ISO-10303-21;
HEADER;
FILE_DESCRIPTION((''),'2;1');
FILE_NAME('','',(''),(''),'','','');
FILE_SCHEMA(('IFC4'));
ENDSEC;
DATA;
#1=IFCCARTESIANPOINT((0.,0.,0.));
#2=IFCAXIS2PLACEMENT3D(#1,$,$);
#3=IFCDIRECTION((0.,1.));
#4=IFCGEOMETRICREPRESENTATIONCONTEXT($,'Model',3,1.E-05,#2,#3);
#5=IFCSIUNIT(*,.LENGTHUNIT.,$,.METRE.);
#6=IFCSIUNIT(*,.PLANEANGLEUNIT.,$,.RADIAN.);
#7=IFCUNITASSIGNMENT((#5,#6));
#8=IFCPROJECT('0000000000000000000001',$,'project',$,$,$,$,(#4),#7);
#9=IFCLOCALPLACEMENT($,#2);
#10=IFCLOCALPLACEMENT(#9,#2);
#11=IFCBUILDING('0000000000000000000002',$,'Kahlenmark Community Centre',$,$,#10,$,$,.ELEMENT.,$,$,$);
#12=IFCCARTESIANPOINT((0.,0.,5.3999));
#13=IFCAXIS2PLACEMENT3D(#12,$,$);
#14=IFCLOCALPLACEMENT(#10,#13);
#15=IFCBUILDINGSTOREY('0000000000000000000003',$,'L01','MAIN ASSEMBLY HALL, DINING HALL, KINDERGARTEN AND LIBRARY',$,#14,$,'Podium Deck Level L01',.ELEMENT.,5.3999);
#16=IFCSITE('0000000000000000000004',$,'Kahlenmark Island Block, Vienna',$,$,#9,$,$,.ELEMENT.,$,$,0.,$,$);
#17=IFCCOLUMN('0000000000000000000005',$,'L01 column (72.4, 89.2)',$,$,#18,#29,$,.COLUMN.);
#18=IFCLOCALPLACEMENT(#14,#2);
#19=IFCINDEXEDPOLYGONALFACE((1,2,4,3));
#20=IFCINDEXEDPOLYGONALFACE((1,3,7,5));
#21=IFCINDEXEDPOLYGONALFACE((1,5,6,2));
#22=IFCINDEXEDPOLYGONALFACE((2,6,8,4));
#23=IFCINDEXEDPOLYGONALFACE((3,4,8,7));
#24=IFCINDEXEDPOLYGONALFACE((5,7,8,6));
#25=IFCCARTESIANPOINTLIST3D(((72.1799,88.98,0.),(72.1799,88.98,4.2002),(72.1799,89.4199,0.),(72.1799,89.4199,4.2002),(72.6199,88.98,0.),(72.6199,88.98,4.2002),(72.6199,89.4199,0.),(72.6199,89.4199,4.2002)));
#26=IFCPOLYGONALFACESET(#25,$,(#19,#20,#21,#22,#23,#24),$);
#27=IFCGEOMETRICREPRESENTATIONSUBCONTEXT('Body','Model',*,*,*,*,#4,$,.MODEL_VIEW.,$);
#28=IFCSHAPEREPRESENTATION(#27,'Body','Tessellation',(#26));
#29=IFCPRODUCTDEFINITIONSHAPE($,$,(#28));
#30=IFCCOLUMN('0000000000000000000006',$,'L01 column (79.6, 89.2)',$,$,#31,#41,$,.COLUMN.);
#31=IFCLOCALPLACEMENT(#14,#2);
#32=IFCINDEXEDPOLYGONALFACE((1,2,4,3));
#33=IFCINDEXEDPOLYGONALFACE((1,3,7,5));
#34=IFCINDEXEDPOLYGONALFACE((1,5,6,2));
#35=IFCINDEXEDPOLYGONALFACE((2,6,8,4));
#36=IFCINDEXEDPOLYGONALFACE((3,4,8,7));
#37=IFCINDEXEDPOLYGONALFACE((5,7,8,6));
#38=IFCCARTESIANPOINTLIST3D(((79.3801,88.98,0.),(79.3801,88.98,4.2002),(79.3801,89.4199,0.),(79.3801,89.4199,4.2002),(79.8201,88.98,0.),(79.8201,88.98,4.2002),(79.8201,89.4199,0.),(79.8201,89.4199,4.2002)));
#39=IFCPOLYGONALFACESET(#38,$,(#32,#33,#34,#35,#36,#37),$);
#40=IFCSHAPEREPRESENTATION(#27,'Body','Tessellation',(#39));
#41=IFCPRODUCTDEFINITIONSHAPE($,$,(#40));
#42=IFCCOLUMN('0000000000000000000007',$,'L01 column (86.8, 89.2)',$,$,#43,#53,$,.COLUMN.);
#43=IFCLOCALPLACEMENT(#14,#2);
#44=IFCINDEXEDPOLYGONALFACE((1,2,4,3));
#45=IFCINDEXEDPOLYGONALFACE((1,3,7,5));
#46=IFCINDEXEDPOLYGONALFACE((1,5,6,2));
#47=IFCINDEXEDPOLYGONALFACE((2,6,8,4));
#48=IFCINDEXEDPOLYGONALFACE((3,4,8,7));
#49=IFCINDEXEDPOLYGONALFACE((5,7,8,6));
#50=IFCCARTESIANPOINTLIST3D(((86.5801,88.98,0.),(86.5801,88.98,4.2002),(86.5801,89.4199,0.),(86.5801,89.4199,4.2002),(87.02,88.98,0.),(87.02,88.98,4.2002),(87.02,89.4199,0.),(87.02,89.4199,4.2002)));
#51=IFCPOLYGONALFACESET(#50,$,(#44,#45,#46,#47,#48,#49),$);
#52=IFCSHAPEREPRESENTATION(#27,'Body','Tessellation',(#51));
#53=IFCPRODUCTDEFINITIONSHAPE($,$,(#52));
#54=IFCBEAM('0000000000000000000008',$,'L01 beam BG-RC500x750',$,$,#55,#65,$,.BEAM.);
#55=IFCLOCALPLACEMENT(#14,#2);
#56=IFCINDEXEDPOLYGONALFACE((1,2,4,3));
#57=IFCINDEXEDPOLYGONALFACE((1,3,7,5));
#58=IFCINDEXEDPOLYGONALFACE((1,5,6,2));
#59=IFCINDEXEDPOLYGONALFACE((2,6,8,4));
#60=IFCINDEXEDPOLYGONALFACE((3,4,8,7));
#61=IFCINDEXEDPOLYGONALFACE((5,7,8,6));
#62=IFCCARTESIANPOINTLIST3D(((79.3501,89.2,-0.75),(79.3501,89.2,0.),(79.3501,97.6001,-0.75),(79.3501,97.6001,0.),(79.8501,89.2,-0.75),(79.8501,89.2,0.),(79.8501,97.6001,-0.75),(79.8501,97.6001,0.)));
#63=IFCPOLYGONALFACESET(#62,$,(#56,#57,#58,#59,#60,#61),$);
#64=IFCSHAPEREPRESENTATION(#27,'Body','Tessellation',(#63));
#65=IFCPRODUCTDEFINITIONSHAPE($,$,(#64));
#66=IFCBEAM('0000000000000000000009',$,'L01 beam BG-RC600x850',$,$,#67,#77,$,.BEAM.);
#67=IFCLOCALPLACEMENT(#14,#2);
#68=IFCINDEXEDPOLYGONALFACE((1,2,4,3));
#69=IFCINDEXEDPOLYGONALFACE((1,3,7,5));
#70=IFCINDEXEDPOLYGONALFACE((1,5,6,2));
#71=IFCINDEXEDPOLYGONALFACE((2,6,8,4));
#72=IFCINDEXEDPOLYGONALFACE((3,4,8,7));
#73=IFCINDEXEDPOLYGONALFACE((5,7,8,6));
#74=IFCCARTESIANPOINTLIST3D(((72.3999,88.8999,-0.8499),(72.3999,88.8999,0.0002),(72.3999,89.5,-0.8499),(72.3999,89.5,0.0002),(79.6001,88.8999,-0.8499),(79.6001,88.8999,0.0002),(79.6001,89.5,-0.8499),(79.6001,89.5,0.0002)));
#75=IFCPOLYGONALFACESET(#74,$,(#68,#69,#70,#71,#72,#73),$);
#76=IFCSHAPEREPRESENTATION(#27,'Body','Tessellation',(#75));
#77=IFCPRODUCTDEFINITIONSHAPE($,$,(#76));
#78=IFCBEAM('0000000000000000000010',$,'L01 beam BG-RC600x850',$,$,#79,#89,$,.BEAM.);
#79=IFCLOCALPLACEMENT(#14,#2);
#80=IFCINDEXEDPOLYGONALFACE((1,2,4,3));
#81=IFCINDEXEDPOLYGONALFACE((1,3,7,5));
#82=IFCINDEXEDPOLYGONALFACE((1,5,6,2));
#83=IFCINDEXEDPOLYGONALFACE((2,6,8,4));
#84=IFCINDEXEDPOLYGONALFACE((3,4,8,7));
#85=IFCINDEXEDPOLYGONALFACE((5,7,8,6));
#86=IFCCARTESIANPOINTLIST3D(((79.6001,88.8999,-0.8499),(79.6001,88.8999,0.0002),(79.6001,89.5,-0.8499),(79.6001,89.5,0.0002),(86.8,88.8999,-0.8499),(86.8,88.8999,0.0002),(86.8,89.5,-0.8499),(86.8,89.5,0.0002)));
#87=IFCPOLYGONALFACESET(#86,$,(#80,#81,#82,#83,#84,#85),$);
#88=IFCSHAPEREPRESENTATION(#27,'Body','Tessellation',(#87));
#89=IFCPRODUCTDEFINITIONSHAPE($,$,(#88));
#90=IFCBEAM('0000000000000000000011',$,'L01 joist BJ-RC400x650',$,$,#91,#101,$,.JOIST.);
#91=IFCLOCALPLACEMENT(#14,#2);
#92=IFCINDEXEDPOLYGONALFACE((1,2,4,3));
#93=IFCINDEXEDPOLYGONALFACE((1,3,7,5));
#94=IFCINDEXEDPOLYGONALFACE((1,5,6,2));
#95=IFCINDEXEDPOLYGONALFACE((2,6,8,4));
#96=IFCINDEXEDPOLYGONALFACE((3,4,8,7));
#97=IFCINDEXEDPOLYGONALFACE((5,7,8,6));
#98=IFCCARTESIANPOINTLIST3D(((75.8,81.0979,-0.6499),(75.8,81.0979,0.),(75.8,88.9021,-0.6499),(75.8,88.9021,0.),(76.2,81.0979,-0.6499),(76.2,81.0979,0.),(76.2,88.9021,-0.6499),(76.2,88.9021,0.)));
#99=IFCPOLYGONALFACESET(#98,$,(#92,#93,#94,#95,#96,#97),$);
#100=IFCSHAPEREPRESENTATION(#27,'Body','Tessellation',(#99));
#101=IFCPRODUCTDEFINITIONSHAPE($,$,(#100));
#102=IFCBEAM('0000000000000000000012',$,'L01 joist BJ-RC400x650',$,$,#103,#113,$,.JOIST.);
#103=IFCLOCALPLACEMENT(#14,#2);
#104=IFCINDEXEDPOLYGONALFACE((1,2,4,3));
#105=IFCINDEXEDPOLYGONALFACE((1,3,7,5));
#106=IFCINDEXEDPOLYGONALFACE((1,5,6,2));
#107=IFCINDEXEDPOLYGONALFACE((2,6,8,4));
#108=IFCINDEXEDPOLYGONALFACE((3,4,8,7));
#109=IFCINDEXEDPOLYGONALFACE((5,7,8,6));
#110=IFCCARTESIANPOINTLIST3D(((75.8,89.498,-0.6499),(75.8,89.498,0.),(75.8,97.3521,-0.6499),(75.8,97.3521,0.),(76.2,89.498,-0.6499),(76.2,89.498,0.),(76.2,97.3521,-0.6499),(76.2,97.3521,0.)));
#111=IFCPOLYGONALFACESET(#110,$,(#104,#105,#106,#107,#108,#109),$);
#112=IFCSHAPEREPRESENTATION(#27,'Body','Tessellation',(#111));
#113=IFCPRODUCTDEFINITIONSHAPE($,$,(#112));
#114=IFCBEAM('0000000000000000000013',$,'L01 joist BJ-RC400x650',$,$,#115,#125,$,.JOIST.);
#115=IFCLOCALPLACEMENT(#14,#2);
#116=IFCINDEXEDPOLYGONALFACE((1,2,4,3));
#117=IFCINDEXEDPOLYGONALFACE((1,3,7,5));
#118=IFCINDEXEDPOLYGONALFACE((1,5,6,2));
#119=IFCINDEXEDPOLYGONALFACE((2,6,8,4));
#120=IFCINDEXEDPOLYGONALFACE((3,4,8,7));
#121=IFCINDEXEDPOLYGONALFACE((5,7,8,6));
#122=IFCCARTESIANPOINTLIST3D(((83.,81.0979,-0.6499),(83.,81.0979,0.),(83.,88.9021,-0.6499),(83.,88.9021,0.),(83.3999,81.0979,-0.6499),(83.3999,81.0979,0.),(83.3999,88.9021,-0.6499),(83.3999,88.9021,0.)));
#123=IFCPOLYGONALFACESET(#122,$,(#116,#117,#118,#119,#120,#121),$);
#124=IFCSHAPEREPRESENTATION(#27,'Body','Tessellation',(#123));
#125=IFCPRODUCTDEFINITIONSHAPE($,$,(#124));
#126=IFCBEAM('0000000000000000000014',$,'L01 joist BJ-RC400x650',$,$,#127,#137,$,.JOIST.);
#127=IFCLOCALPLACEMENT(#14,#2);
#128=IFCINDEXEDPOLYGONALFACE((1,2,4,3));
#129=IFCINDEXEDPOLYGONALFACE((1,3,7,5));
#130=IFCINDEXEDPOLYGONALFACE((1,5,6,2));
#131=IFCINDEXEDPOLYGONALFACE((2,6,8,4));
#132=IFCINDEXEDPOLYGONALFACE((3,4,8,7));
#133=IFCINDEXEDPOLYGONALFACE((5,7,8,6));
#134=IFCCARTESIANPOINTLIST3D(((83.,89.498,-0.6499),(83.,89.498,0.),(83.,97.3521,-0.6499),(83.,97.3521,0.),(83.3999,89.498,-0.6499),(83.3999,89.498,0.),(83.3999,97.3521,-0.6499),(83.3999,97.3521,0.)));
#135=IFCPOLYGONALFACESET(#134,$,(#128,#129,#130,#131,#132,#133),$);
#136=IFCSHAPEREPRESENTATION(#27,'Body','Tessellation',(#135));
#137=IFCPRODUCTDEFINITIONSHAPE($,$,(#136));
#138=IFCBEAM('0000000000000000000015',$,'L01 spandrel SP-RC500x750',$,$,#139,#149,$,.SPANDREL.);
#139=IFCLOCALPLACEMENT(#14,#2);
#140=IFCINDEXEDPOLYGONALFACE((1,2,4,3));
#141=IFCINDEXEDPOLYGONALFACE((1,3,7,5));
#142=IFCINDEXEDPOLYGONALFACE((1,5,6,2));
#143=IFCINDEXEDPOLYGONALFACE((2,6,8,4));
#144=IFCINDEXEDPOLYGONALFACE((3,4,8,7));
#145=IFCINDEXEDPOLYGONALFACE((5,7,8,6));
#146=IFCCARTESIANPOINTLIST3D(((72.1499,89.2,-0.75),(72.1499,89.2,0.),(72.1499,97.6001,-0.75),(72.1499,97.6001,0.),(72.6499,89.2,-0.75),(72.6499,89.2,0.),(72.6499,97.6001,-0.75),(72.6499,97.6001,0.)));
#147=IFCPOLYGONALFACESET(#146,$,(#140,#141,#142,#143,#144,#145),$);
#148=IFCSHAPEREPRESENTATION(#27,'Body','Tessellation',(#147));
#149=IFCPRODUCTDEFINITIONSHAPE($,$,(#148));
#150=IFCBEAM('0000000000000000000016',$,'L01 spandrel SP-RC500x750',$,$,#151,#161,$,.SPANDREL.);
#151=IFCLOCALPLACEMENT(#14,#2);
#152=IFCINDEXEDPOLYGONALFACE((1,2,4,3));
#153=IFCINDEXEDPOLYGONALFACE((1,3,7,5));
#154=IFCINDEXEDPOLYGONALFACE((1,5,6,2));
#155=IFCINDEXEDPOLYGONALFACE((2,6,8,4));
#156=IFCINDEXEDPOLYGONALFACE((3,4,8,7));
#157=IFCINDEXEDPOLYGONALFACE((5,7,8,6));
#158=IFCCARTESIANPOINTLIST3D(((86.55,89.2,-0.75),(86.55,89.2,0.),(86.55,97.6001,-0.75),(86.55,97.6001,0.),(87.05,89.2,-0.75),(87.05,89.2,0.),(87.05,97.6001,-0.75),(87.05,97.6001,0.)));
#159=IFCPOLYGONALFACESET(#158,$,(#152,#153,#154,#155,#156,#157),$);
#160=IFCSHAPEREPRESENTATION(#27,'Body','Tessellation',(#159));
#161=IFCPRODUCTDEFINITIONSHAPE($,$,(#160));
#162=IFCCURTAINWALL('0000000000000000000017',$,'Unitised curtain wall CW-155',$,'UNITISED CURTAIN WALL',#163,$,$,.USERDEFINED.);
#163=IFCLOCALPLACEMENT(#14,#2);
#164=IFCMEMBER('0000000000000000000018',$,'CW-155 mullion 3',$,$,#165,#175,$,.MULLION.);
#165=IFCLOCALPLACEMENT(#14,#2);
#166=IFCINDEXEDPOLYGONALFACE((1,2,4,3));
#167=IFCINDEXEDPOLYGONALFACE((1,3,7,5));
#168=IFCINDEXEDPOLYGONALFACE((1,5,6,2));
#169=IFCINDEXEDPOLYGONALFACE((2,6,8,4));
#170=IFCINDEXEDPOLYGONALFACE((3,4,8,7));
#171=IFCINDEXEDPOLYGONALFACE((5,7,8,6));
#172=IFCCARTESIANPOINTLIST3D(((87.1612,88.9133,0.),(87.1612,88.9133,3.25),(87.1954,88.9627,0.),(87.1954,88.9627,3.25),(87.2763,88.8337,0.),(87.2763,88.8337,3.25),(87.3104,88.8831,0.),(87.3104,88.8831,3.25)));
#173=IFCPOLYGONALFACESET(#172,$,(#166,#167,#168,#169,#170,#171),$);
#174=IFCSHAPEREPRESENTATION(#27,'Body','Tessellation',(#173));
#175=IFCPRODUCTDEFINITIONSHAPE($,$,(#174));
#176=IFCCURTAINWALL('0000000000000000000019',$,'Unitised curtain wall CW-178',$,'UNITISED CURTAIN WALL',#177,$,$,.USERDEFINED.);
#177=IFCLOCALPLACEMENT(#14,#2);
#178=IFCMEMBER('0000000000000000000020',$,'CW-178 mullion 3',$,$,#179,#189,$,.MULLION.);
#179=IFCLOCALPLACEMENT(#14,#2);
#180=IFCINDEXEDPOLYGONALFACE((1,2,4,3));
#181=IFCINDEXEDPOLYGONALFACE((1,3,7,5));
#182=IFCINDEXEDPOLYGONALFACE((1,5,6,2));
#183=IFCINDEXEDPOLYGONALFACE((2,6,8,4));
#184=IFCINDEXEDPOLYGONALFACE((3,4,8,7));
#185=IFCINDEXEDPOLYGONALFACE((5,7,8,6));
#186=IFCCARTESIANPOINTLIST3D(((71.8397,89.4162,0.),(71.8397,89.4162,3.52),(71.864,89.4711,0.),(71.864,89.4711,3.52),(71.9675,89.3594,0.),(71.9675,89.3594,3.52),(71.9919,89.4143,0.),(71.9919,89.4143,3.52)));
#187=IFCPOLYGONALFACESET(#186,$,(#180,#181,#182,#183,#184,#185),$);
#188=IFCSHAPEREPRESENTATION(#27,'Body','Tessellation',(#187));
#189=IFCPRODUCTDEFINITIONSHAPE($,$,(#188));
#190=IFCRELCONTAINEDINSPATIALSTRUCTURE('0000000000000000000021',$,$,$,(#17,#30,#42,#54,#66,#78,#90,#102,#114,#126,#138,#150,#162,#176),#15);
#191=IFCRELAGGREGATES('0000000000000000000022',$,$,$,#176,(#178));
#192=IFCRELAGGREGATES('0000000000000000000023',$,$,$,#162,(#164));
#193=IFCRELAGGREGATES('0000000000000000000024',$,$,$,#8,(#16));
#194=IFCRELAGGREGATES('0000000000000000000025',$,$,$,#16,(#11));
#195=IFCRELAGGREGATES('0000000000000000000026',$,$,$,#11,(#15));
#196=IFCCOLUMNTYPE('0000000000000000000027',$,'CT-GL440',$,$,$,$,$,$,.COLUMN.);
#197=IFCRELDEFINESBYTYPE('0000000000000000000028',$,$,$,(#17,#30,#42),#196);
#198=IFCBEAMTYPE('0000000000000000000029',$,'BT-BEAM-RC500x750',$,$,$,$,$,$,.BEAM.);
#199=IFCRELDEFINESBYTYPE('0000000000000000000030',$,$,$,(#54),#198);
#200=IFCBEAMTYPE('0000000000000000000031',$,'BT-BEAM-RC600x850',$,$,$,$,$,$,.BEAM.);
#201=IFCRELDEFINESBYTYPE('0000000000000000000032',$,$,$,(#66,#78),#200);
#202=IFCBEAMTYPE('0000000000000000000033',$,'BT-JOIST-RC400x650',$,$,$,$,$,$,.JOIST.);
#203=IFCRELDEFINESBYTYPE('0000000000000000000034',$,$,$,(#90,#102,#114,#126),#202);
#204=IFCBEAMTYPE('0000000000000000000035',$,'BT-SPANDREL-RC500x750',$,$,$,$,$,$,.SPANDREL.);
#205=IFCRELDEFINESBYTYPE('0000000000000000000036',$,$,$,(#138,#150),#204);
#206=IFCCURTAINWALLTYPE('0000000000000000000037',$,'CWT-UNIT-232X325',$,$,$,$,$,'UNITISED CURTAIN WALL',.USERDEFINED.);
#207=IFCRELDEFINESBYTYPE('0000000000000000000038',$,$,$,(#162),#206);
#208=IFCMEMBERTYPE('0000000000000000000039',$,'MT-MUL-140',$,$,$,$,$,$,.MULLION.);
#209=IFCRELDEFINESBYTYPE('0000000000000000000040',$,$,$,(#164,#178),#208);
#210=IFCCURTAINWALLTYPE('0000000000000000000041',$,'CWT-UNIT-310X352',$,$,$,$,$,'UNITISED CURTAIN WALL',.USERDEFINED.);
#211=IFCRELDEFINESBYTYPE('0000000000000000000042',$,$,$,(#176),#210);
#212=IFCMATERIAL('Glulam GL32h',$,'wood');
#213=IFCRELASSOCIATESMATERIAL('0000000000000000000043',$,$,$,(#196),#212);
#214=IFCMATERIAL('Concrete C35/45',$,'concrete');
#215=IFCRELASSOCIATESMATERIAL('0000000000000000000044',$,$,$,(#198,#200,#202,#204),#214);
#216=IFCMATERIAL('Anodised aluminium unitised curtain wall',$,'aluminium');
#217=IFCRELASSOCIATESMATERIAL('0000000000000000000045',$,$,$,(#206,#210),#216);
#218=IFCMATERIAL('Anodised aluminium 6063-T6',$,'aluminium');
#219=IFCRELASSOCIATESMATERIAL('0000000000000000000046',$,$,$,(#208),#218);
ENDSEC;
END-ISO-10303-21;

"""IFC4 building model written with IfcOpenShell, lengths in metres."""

from ifc_helpers import new_model, si_unit, direction, frame, origin, origin_2d, place, context, subcontext, project, spatial, rectangle, extrude, material, material_profile, profile_set, type_object, element, aggregate, save


model = new_model("IFC4")

# Units and contexts
model_context = context("Model", 3, precision=1e-05, world=origin(), true_north=direction((0.0, 1.0)))
body_context = subcontext(model_context, "Body", "Model", "MODEL_VIEW")
ifc_project = project(units=[si_unit("LENGTHUNIT", "METRE"), si_unit("PLANEANGLEUNIT", "RADIAN")], contexts=[model_context])

# Site, building, storey
site_placement = place(None, origin())
site = spatial("IfcSite", under=ifc_project, at=site_placement, Name="Kahlenmark Island Block, Vienna", CompositionType="ELEMENT", RefElevation=0.0)
building_placement = place(site_placement, origin())
building = spatial("IfcBuilding", under=site, at=building_placement, Name="Kahlenmark Community Centre", CompositionType="ELEMENT")
storey_placement = place(building_placement, frame((0.0, 0.0, 5.3999)))
storey = spatial("IfcBuildingStorey", under=building, at=storey_placement, Name="L01", Description="MAIN ASSEMBLY HALL, DINING HALL, KINDERGARTEN AND LIBRARY", LongName="Podium Deck Level L01", CompositionType="ELEMENT", Elevation=5.3999)

# Columns
ifc_material_1 = material(Name="Glulam GL32h", Category="wood")
ifc_material_profile_1 = material_profile(ifc_material_1, rectangle(XDim=0.4399, YDim=0.4399, at=origin_2d()), Name="GL32h 440x440")
ifc_profile_set_1 = profile_set([ifc_material_profile_1], Name="Glulam GL32h")
column_type = type_object("IfcColumnType", Name="CT-GL440", PredefinedType="COLUMN", material=ifc_profile_set_1)
for number, where, z_axis, x_axis, name in (
    (1, (72.3999, 89.2, 0.0), (0.0, 0.0, 1.0), (1.0, 0.0, 0.0), "L01 column (72.4, 89.2)"),
    (2, (79.6001, 89.2, 0.0), (0.0, 0.0, 1.0), (1.0, 0.0, 0.0), "L01 column (79.6, 89.2)"),
    (3, (86.8, 89.2, 0.0), (0.0, 0.0, 1.0), (1.0, 0.0, 0.0), "L01 column (86.8, 89.2)"),
):
    element("IfcColumn", number, at=place(storey_placement, frame(where, z_axis=z_axis, x_axis=x_axis)), inside=storey, type_object=column_type, Name=name, PredefinedType="COLUMN", context=body_context, shape_type="SweptSolid", body=[
        extrude(rectangle(XDim=0.4399, YDim=0.4399, at=origin_2d()), origin(), (0.0, 0.0, 1.0), 4.2002),
    ])

# Beams
ifc_material_2 = material(Name="Concrete C35/45", Category="concrete")
ifc_material_profile_2 = material_profile(ifc_material_2, rectangle(XDim=0.5, YDim=0.75, at=origin_2d()), Name="RC 500x750")
ifc_profile_set_2 = profile_set([ifc_material_profile_2], Name="Concrete C35/45")
beam_type_1 = type_object("IfcBeamType", Name="BT-BEAM-RC500x750", PredefinedType="BEAM", material=ifc_profile_set_2)
beam_1_placement = place(storey_placement, frame((79.6001, 89.2, -0.375), z_axis=(0.0, 1.0, 0.0), x_axis=(-1.0, 0.0, 0.0)))
element("IfcBeam", 4, at=beam_1_placement, inside=storey, type_object=beam_type_1, Name="L01 beam BG-RC500x750", PredefinedType="BEAM", context=body_context, shape_type="SweptSolid", body=[
    extrude(rectangle(XDim=0.5, YDim=0.75, at=origin_2d()), origin(), (0.0, 0.0, 1.0), 8.4001),
])
ifc_material_profile_3 = material_profile(ifc_material_2, rectangle(XDim=0.6001, YDim=0.8501, at=origin_2d()), Name="RC 600x850")
ifc_profile_set_3 = profile_set([ifc_material_profile_3], Name="Concrete C35/45")
beam_type_2 = type_object("IfcBeamType", Name="BT-BEAM-RC600x850", PredefinedType="BEAM", material=ifc_profile_set_3)
beam_2_placement = place(storey_placement, frame((72.3999, 89.2, -0.4248), z_axis=(1.0, 0.0, 0.0), x_axis=(0.0, 1.0, 0.0)))
element("IfcBeam", 5, at=beam_2_placement, inside=storey, type_object=beam_type_2, Name="L01 beam BG-RC600x850", PredefinedType="BEAM", context=body_context, shape_type="SweptSolid", body=[
    extrude(rectangle(XDim=0.6001, YDim=0.8501, at=origin_2d()), origin(), (0.0, 0.0, 1.0), 7.2002),
])
beam_3_placement = place(storey_placement, frame((79.6001, 89.2, -0.4248), z_axis=(1.0, 0.0, 0.0), x_axis=(0.0, 1.0, 0.0)))
element("IfcBeam", 6, at=beam_3_placement, inside=storey, type_object=beam_type_2, Name="L01 beam BG-RC600x850", PredefinedType="BEAM", context=body_context, shape_type="SweptSolid", body=[
    extrude(rectangle(XDim=0.6001, YDim=0.8501, at=origin_2d()), origin(), (0.0, 0.0, 1.0), 7.2),
])
ifc_material_profile_4 = material_profile(ifc_material_2, rectangle(XDim=0.3999, YDim=0.6499, at=origin_2d()), Name="RC 400x650")
ifc_profile_set_4 = profile_set([ifc_material_profile_4], Name="Concrete C35/45")
beam_type_3 = type_object("IfcBeamType", Name="BT-JOIST-RC400x650", PredefinedType="JOIST", material=ifc_profile_set_4)
beam_4_placement = place(storey_placement, frame((76.0, 81.0979, -0.325), z_axis=(0.0, 1.0, 0.0), x_axis=(-1.0, 0.0, 0.0)))
element("IfcBeam", 7, at=beam_4_placement, inside=storey, type_object=beam_type_3, Name="L01 joist BJ-RC400x650", PredefinedType="JOIST", context=body_context, shape_type="SweptSolid", body=[
    extrude(rectangle(XDim=0.3999, YDim=0.6499, at=origin_2d()), origin(), (0.0, 0.0, 1.0), 7.8042),
])
beam_5_placement = place(storey_placement, frame((76.0, 89.498, -0.325), z_axis=(0.0, 1.0, 0.0), x_axis=(-1.0, 0.0, 0.0)))
element("IfcBeam", 8, at=beam_5_placement, inside=storey, type_object=beam_type_3, Name="L01 joist BJ-RC400x650", PredefinedType="JOIST", context=body_context, shape_type="SweptSolid", body=[
    extrude(rectangle(XDim=0.3999, YDim=0.6499, at=origin_2d()), origin(), (0.0, 0.0, 1.0), 7.854),
])
beam_6_placement = place(storey_placement, frame((83.2, 81.0979, -0.325), z_axis=(0.0, 1.0, 0.0), x_axis=(-1.0, 0.0, 0.0)))
element("IfcBeam", 9, at=beam_6_placement, inside=storey, type_object=beam_type_3, Name="L01 joist BJ-RC400x650", PredefinedType="JOIST", context=body_context, shape_type="SweptSolid", body=[
    extrude(rectangle(XDim=0.3999, YDim=0.6499, at=origin_2d()), origin(), (0.0, 0.0, 1.0), 7.8042),
])
beam_7_placement = place(storey_placement, frame((83.2, 89.498, -0.325), z_axis=(0.0, 1.0, 0.0), x_axis=(-1.0, 0.0, 0.0)))
element("IfcBeam", 10, at=beam_7_placement, inside=storey, type_object=beam_type_3, Name="L01 joist BJ-RC400x650", PredefinedType="JOIST", context=body_context, shape_type="SweptSolid", body=[
    extrude(rectangle(XDim=0.3999, YDim=0.6499, at=origin_2d()), origin(), (0.0, 0.0, 1.0), 7.854),
])
ifc_material_profile_5 = material_profile(ifc_material_2, rectangle(XDim=0.5, YDim=0.75, at=origin_2d()), Name="RC 500x750")
ifc_profile_set_5 = profile_set([ifc_material_profile_5], Name="Concrete C35/45")
beam_type_4 = type_object("IfcBeamType", Name="BT-SPANDREL-RC500x750", PredefinedType="SPANDREL", material=ifc_profile_set_5)
for number, where, z_axis, x_axis, name in (
    (11, (72.3999, 89.2, -0.375), (0.0, 1.0, 0.0), (-1.0, 0.0, 0.0), "L01 spandrel SP-RC500x750"),
    (12, (86.8, 89.2, -0.375), (0.0, 1.0, 0.0), (-1.0, 0.0, 0.0), "L01 spandrel SP-RC500x750"),
):
    element("IfcBeam", number, at=place(storey_placement, frame(where, z_axis=z_axis, x_axis=x_axis)), inside=storey, type_object=beam_type_4, Name=name, PredefinedType="SPANDREL", context=body_context, shape_type="SweptSolid", body=[
        extrude(rectangle(XDim=0.5, YDim=0.75, at=origin_2d()), origin(), (0.0, 0.0, 1.0), 8.4001),
    ])

# Curtain wall, member
ifc_material_3 = material(Name="Anodised aluminium unitised curtain wall", Category="aluminium")
curtain_wall_type_1 = type_object("IfcCurtainWallType", Name="CWT-UNIT-232X325", ElementType="UNITISED CURTAIN WALL", PredefinedType="USERDEFINED", material=ifc_material_3)
curtain_wall_1_placement = place(storey_placement, origin())
curtain_wall_1 = element("IfcCurtainWall", 13, at=curtain_wall_1_placement, inside=storey, type_object=curtain_wall_type_1, Name="Unitised curtain wall CW-155", ObjectType="UNITISED CURTAIN WALL", PredefinedType="USERDEFINED")
ifc_material_4 = material(Name="Anodised aluminium 6063-T6", Category="aluminium")
ifc_material_profile_6 = material_profile(ifc_material_4, rectangle(XDim=0.0601, YDim=0.1399, at=origin_2d()), Name="ALU MULLION 60x140")
ifc_profile_set_6 = profile_set([ifc_material_profile_6], Name="Anodised aluminium 6063-T6")
member_type = type_object("IfcMemberType", Name="MT-MUL-140", PredefinedType="MULLION", material=ifc_profile_set_6)
member_1_placement = place(storey_placement, frame((87.2358, 88.8982, 0.0), z_axis=(0.0, 0.0, 1.0), x_axis=(-0.569212, -0.822191, 0.0)))
member_1 = element("IfcMember", 14, at=member_1_placement, type_object=member_type, Name="CW-155 mullion 3", PredefinedType="MULLION", context=body_context, shape_type="SweptSolid", body=[
    extrude(rectangle(XDim=0.0601, YDim=0.1399, at=origin_2d()), origin(), (0.0, 0.0, 1.0), 3.25),
])

# Curtain wall, member
curtain_wall_type_2 = type_object("IfcCurtainWallType", Name="CWT-UNIT-310X352", ElementType="UNITISED CURTAIN WALL", PredefinedType="USERDEFINED", material=ifc_material_3)
curtain_wall_2_placement = place(storey_placement, origin())
curtain_wall_2 = element("IfcCurtainWall", 15, at=curtain_wall_2_placement, inside=storey, type_object=curtain_wall_type_2, Name="Unitised curtain wall CW-178", ObjectType="UNITISED CURTAIN WALL", PredefinedType="USERDEFINED")
member_2_placement = place(storey_placement, frame((71.9158, 89.4153, 0.0), z_axis=(0.0, 0.0, 1.0), x_axis=(0.406126, 0.913817, 0.0)))
member_2 = element("IfcMember", 16, at=member_2_placement, type_object=member_type, Name="CW-178 mullion 3", PredefinedType="MULLION", context=body_context, shape_type="SweptSolid", body=[
    extrude(rectangle(XDim=0.0601, YDim=0.1399, at=origin_2d()), origin(), (0.0, 0.0, 1.0), 3.52),
])
aggregate(curtain_wall_2, [member_2])

aggregate(curtain_wall_1, [member_1])

save(model, "model.ifc")
